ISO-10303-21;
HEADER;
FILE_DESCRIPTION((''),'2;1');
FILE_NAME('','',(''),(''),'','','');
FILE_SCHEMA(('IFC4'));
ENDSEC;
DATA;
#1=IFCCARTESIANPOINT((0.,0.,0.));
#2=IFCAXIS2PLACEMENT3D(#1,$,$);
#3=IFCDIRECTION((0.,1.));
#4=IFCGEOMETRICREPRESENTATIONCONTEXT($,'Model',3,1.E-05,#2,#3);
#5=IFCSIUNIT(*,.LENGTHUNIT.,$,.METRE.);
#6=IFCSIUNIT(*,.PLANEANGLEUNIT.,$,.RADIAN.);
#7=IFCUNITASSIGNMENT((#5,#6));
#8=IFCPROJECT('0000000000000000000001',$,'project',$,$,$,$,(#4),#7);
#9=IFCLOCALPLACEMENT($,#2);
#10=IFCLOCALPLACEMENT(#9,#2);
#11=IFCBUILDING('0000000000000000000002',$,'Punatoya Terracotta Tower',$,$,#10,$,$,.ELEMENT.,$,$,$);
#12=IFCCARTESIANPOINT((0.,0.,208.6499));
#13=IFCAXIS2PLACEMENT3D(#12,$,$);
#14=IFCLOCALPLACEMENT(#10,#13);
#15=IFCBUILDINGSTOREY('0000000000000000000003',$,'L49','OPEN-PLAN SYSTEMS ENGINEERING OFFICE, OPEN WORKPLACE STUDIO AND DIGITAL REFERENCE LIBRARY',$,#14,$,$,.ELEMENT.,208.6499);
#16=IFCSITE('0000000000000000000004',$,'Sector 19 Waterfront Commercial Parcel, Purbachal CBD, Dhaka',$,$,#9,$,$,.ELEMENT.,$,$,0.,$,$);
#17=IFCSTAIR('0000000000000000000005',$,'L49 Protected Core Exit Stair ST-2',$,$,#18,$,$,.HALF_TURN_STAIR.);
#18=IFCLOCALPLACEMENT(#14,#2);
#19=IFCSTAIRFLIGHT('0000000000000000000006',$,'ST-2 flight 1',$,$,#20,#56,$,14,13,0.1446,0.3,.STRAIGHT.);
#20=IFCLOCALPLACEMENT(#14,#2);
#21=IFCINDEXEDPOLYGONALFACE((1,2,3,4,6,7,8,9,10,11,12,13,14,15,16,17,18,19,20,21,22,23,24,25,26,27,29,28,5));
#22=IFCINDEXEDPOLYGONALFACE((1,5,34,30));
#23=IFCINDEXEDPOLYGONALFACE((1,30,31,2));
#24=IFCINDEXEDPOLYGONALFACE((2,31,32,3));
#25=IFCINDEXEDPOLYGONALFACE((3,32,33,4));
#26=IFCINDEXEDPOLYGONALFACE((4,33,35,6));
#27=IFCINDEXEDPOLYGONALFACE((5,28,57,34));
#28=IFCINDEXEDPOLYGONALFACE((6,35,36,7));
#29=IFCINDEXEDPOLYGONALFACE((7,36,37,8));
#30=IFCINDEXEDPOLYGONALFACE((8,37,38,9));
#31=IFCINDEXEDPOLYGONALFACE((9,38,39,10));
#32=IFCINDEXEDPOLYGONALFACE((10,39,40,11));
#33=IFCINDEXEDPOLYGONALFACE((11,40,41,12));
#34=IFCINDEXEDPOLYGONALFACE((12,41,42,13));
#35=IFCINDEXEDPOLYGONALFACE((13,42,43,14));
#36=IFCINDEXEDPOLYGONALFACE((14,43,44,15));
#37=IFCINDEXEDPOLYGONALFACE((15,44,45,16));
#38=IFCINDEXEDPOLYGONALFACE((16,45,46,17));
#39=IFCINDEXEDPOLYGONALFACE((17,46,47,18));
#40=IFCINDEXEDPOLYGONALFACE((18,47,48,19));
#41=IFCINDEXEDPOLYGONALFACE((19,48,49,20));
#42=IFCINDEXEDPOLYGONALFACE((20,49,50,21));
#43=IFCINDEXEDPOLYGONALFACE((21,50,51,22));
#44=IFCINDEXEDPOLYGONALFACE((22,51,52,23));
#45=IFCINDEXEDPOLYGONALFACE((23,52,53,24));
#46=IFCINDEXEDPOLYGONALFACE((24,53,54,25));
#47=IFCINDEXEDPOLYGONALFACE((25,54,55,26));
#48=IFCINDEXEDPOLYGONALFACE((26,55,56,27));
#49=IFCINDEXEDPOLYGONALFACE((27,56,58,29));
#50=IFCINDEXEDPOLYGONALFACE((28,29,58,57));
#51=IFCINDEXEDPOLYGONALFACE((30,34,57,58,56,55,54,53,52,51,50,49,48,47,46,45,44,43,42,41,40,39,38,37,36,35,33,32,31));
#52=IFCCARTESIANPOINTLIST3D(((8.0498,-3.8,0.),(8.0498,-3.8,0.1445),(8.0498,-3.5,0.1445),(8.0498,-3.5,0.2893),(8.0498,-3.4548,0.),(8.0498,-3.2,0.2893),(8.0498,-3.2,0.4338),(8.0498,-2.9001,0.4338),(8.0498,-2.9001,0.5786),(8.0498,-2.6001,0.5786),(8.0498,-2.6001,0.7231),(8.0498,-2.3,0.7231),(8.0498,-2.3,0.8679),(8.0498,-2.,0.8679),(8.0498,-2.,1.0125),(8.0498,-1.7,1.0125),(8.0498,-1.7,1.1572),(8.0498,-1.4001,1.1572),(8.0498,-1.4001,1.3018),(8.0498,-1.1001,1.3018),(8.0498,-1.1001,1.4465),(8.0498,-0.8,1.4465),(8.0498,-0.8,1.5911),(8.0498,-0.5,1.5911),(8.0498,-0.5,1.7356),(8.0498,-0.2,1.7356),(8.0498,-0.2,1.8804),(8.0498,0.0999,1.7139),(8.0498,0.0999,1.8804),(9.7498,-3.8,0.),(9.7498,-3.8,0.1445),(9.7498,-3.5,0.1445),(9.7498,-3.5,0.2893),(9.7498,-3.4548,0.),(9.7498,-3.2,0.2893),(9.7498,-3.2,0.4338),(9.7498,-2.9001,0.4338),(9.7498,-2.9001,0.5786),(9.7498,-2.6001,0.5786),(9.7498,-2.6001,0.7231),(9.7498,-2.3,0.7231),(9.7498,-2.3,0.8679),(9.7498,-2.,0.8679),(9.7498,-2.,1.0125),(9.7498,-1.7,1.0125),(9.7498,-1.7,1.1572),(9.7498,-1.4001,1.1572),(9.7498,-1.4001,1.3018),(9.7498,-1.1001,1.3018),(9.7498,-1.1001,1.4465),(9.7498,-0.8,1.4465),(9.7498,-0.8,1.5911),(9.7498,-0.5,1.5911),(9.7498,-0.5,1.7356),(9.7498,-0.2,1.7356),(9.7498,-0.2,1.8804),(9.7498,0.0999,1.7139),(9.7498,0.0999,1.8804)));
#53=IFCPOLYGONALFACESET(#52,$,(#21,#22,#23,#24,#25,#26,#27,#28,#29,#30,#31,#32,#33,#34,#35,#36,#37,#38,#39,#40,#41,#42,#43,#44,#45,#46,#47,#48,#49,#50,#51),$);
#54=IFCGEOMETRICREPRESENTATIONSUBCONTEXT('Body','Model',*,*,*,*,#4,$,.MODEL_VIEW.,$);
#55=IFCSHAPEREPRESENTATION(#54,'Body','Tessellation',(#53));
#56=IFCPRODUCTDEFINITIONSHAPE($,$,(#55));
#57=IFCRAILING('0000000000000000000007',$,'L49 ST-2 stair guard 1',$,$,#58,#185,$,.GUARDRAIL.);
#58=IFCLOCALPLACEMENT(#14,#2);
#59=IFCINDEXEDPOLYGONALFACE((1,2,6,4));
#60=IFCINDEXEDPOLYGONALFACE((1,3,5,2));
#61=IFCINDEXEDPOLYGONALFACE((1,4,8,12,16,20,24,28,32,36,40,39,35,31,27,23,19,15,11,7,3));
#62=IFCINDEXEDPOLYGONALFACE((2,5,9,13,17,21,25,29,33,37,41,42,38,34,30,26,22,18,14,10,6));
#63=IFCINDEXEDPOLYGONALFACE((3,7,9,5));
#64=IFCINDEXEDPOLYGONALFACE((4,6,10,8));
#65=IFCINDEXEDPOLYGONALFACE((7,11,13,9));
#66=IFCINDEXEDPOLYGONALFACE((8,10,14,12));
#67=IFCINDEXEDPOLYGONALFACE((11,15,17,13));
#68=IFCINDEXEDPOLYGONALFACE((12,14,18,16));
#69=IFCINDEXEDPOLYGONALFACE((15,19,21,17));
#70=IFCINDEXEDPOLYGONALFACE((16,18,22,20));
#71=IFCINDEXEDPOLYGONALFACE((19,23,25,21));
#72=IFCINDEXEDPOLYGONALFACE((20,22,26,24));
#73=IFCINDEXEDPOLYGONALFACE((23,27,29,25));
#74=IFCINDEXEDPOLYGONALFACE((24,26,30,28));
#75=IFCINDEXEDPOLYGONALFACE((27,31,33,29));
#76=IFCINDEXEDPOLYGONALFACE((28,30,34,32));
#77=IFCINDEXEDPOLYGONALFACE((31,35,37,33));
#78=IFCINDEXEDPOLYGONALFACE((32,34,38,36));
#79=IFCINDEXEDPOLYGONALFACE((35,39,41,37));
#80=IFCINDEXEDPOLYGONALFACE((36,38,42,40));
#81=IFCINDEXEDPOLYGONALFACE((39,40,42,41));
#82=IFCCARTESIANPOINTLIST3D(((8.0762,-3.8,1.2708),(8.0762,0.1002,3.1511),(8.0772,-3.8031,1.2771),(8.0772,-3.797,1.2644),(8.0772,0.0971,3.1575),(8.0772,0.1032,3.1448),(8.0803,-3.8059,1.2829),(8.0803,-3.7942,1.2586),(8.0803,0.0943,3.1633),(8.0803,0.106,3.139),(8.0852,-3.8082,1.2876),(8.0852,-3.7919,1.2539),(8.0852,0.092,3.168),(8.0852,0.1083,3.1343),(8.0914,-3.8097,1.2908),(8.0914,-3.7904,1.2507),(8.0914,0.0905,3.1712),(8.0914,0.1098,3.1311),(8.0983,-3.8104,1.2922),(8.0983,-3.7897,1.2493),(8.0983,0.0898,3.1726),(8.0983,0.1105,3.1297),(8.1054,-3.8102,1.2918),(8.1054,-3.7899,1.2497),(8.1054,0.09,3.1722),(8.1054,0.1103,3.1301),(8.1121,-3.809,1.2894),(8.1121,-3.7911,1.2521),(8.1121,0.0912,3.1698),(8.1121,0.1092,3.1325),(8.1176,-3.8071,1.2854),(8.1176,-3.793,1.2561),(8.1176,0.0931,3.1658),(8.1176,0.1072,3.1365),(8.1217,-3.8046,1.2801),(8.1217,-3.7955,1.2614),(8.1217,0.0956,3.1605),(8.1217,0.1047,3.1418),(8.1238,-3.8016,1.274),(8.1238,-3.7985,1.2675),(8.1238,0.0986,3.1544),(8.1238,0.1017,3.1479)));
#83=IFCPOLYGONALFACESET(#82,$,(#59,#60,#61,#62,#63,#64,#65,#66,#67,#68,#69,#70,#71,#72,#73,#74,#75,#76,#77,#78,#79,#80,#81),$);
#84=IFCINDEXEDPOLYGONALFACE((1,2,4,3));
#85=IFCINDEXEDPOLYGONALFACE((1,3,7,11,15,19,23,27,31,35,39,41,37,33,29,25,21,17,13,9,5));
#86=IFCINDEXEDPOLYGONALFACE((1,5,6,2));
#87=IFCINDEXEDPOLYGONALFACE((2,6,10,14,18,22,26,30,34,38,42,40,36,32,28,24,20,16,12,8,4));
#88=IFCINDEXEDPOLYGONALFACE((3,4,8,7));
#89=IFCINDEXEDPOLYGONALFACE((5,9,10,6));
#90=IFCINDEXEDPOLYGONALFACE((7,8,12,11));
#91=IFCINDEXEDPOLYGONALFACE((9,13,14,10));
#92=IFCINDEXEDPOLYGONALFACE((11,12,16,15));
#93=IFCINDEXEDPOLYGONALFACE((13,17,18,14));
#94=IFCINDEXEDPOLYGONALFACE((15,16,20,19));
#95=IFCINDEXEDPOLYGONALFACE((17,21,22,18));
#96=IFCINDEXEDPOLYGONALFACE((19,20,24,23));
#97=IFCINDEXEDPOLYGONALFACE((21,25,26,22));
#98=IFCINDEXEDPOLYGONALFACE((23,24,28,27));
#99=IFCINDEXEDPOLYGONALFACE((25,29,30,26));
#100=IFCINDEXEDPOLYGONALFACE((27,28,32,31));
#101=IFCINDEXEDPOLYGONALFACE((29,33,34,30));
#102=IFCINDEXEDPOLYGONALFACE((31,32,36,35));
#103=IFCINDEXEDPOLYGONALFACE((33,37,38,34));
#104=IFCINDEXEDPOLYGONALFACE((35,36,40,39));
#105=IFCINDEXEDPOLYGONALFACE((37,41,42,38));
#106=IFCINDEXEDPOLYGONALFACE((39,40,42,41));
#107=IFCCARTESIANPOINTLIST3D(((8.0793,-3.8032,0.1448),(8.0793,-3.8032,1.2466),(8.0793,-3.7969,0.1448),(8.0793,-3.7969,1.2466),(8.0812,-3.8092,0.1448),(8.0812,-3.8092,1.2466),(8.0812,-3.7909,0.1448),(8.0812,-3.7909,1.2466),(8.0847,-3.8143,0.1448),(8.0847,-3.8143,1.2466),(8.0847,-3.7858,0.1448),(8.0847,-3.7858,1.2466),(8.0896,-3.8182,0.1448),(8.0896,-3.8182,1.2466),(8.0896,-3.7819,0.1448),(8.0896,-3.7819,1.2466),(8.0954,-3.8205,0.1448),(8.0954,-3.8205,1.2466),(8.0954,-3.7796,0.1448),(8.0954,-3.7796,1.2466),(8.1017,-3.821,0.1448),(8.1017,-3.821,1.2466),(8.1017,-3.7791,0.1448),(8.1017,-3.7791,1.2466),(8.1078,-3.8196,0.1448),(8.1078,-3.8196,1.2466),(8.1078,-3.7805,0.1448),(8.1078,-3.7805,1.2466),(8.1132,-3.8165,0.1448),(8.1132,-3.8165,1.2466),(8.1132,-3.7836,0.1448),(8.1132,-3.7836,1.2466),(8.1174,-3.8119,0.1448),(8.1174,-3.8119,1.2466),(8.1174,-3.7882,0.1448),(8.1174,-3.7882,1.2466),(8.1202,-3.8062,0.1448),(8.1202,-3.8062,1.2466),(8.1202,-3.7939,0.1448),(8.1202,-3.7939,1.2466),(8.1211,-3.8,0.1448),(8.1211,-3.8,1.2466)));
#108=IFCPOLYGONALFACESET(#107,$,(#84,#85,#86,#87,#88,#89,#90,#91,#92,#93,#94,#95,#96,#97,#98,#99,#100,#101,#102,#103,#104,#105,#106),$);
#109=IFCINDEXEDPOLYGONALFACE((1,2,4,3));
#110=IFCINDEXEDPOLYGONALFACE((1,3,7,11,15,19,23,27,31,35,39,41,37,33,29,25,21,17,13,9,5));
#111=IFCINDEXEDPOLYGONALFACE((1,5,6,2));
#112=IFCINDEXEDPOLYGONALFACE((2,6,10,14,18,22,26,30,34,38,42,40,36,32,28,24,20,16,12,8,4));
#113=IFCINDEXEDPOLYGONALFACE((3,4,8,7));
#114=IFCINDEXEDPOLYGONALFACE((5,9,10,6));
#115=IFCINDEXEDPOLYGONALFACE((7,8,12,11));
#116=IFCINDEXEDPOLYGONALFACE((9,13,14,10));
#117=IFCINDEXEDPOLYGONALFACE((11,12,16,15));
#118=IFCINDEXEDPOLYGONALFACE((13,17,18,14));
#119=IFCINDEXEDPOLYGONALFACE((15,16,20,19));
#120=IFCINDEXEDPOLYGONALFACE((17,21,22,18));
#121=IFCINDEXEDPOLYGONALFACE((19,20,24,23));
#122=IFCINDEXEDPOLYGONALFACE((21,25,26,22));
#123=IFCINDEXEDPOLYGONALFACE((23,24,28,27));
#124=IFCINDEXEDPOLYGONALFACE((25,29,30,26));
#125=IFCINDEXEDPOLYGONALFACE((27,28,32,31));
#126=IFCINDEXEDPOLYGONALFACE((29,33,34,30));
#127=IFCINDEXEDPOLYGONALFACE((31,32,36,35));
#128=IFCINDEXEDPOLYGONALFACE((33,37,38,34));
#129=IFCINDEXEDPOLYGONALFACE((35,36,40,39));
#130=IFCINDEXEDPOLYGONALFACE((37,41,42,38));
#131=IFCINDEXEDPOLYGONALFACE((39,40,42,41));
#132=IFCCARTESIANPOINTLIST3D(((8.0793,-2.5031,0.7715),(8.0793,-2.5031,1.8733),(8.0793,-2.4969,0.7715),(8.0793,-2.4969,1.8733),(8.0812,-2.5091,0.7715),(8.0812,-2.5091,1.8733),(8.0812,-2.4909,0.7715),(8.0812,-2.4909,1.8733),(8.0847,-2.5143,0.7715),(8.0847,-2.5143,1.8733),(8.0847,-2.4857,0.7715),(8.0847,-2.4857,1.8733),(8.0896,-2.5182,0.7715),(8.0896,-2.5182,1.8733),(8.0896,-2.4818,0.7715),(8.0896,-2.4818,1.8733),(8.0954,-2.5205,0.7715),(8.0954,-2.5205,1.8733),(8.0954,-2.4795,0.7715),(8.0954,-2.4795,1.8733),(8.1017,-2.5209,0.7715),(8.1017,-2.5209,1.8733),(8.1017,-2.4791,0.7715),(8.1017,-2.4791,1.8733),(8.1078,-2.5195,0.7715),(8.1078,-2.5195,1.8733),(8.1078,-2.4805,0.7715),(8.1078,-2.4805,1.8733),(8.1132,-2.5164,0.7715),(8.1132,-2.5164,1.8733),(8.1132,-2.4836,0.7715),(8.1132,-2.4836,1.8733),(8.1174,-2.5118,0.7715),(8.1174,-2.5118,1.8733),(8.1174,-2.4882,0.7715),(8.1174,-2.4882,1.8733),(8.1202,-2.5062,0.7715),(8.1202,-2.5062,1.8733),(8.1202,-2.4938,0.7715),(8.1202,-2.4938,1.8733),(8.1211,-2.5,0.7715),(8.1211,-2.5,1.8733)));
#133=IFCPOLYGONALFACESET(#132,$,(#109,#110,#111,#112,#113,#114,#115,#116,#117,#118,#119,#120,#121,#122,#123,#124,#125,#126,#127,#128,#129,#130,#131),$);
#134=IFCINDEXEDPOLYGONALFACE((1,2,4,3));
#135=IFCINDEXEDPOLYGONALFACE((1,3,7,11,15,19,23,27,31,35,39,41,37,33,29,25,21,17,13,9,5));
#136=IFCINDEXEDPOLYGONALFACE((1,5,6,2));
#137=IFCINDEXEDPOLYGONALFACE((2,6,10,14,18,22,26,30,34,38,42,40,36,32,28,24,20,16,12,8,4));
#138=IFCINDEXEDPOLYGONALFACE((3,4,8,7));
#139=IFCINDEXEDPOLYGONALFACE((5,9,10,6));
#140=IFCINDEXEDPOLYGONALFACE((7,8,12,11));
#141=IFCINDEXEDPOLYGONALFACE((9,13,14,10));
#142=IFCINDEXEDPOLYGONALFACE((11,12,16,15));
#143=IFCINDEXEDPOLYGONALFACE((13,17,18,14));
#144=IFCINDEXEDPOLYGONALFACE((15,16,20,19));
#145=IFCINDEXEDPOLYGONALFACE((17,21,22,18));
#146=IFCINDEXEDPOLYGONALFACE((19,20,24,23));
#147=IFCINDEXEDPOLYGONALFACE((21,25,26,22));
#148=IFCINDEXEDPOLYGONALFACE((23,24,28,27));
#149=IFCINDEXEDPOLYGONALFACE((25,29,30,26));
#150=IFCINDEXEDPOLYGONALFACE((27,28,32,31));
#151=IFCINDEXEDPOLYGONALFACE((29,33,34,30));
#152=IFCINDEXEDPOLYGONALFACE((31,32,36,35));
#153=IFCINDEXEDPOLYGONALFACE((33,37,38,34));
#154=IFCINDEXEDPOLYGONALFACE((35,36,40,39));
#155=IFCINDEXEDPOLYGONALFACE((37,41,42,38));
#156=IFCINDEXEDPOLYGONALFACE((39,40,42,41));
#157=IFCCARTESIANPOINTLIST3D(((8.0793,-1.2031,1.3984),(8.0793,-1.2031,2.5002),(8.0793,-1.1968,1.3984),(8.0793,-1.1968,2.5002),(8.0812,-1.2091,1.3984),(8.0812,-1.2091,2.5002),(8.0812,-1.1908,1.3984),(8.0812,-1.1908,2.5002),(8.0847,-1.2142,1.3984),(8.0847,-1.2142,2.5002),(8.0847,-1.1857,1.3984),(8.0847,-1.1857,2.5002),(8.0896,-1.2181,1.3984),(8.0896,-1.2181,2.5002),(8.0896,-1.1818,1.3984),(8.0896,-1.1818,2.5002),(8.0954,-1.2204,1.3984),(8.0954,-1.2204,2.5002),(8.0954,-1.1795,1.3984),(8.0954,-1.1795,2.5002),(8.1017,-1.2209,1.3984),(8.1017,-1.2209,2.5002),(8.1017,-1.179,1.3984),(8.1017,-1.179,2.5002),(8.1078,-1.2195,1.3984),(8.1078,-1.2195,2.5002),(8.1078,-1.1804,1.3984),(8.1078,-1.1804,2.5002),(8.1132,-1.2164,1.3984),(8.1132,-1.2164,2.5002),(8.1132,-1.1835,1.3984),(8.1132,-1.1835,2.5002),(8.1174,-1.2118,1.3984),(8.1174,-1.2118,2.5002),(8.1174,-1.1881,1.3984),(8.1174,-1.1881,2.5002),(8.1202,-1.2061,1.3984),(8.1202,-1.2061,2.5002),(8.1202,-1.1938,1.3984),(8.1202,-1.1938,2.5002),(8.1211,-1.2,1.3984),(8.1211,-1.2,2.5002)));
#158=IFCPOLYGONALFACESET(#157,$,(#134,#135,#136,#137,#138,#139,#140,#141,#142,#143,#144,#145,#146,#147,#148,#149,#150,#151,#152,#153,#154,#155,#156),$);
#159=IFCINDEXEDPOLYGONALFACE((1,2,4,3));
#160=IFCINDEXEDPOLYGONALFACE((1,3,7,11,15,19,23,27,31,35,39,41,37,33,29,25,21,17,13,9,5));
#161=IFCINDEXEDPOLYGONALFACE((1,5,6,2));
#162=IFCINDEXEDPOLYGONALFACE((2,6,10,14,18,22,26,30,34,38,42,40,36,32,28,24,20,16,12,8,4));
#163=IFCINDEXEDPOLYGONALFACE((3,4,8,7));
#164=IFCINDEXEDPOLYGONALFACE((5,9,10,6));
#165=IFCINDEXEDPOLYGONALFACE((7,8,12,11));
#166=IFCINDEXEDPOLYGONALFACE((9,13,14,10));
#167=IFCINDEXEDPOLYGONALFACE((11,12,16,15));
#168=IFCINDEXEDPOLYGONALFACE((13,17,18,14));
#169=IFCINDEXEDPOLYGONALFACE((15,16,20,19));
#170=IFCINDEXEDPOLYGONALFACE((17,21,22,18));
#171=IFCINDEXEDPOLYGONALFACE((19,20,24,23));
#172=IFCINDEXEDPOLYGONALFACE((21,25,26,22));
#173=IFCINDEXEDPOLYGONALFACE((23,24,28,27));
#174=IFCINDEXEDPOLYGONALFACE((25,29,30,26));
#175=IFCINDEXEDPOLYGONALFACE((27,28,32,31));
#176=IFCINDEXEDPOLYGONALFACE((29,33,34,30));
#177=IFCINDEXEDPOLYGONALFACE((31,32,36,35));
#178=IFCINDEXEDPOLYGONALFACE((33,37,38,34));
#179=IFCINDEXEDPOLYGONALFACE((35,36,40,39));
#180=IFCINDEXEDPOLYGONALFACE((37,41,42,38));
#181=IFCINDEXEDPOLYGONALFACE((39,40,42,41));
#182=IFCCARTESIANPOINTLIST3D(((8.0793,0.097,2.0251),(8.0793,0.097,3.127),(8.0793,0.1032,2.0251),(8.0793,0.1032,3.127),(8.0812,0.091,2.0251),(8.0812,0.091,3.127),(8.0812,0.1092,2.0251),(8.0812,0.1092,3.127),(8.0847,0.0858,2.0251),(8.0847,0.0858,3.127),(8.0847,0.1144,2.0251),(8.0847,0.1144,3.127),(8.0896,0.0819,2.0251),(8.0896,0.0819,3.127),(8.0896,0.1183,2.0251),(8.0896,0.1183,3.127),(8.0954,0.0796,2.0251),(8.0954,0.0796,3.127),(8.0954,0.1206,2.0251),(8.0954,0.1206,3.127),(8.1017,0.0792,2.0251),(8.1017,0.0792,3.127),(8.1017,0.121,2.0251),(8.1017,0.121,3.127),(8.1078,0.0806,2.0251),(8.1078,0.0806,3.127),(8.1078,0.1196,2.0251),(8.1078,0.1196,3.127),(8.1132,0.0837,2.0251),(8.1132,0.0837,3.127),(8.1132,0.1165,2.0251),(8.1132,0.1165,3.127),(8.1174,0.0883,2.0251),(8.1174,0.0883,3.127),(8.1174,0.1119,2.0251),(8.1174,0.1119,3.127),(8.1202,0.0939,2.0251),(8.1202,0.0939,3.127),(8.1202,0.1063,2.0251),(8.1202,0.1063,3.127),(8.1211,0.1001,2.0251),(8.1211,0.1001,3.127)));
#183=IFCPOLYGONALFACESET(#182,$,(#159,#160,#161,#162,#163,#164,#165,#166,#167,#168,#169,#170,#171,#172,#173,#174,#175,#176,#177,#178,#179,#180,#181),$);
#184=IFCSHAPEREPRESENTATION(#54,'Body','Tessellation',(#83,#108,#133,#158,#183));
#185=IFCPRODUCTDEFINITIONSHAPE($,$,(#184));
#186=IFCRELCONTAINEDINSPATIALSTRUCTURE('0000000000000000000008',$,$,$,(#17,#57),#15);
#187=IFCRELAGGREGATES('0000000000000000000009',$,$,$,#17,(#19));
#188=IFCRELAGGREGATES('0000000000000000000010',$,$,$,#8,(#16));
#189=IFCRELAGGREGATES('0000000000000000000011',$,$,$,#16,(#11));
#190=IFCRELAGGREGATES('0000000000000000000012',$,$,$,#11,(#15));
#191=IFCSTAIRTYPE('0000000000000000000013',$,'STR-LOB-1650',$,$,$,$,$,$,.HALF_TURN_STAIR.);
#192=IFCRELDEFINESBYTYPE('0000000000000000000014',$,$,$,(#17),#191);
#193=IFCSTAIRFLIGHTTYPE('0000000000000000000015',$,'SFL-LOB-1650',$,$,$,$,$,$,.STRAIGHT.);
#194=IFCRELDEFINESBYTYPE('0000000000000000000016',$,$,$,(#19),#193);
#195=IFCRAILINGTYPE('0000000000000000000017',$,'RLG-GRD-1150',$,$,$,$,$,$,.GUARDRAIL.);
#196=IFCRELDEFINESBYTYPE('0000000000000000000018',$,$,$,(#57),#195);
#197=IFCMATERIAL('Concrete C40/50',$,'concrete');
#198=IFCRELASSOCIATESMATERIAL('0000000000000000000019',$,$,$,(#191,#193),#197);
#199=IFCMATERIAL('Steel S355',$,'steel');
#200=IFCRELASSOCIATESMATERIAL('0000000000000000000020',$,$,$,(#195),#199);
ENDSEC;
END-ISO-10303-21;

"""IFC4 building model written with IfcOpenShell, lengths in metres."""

from ifc_helpers import new_model, si_unit, direction, frame, origin, origin_2d, place, context, subcontext, project, spatial, polyline, circle, outline, extrude, material, type_object, element, aggregate, save


model = new_model("IFC4")

# Units and contexts
model_context = context("Model", 3, precision=1e-05, world=origin(), true_north=direction((0.0, 1.0)))
body_context = subcontext(model_context, "Body", "Model", "MODEL_VIEW")
ifc_project = project(units=[si_unit("LENGTHUNIT", "METRE"), si_unit("PLANEANGLEUNIT", "RADIAN")], contexts=[model_context])

# Site, building, storey
site_placement = place(None, origin())
site = spatial("IfcSite", under=ifc_project, at=site_placement, Name="Sector 19 Waterfront Commercial Parcel, Purbachal CBD, Dhaka", CompositionType="ELEMENT", RefElevation=0.0)
building_placement = place(site_placement, origin())
building = spatial("IfcBuilding", under=site, at=building_placement, Name="Punatoya Terracotta Tower", CompositionType="ELEMENT")
storey_placement = place(building_placement, frame((0.0, 0.0, 208.6499)))
storey = spatial("IfcBuildingStorey", under=building, at=storey_placement, Name="L49", Description="OPEN-PLAN SYSTEMS ENGINEERING OFFICE, OPEN WORKPLACE STUDIO AND DIGITAL REFERENCE LIBRARY", CompositionType="ELEMENT", Elevation=208.6499)

# Shared definitions
ifc_material_1 = material(Name="Steel S355", Category="steel")

# Shared definitions
ifc_material_2 = material(Name="Concrete C40/50", Category="concrete")

# Stair, stair flight
stair_type = type_object("IfcStairType", Name="STR-LOB-1650", PredefinedType="HALF_TURN_STAIR", material=ifc_material_2)
stair_placement = place(storey_placement, origin())
stair = element("IfcStair", 1, at=stair_placement, inside=storey, type_object=stair_type, Name="L49 Protected Core Exit Stair ST-2", PredefinedType="HALF_TURN_STAIR")
stair_flight_type = type_object("IfcStairFlightType", Name="SFL-LOB-1650", PredefinedType="STRAIGHT", material=ifc_material_2)
stair_flight_placement = place(storey_placement, frame((8.8999, -3.8, 0.0), z_axis=(0.0, 0.0, 1.0), x_axis=(0.0, 1.0, 0.0)))
stair_flight = element("IfcStairFlight", 2, at=stair_flight_placement, type_object=stair_flight_type, Name="ST-2 flight 1", NumberOfRisers=14, NumberOfTreads=13, PredefinedType="STRAIGHT", RiserHeight=0.1446, TreadLength=0.3, context=body_context, shape_type="SweptSolid", body=[
    extrude(outline(polyline([(0.0, 0.0), (0.0, 0.1445), (0.3, 0.1445), (0.3, 0.2893), (0.6001, 0.2893), (0.6001, 0.4338), (0.8999, 0.4338), (0.8999, 0.5786), (1.2, 0.5786), (1.2, 0.7231), (1.5, 0.7231), (1.5, 0.8679), (1.8, 0.8679), (1.8, 1.0125), (2.1001, 1.0125), (2.1001, 1.1572), (2.3999, 1.1572), (2.3999, 1.3018), (2.7, 1.3018), (2.7, 1.4465), (3.0, 1.4465), (3.0, 1.5911), (3.3, 1.5911), (3.3, 1.7356), (3.6001, 1.7356), (3.6001, 1.8804), (3.8999, 1.8804), (3.8999, 2.0249), (3.8999, 1.7139), (0.3452, 0.0), (0.0, 0.0)])), frame((0.0, 0.8501, 0.0), z_axis=(0.0, -1.0, 0.0), x_axis=(1.0, 0.0, 0.0)), (0.0, 0.0, 1.0), 1.7),
])
aggregate(stair, [stair_flight])

# Railing
railing_type_1 = type_object("IfcRailingType", Name="RLG-GRD-1150", PredefinedType="GUARDRAIL", material=ifc_material_1)
railing_1_placement = place(storey_placement, frame((8.1001, -3.8, 0.1448)))
element("IfcRailing", 3, at=railing_1_placement, inside=storey, type_object=railing_type_1, Name="L49 ST-2 stair guard 1", PredefinedType="GUARDRAIL", context=body_context, shape_type="SweptSolid", body=[
    extrude(circle(Radius=0.0239, at=origin_2d()), frame((0.0, 0.0, 1.126), z_axis=(0.0, 0.900774, 0.434289), x_axis=(-1.0, 0.0, 0.0)), (0.0, 0.0, 1.0), 4.3298),
    extrude(circle(Radius=0.021, at=origin_2d()), origin(), (0.0, 0.0, 1.0), 1.1018),
    extrude(circle(Radius=0.021, at=origin_2d()), frame((0.0, 1.3, 0.6267)), (0.0, 0.0, 1.0), 1.1018),
    extrude(circle(Radius=0.021, at=origin_2d()), frame((0.0, 2.6001, 1.2537)), (0.0, 0.0, 1.0), 1.1018),
    extrude(circle(Radius=0.021, at=origin_2d()), frame((0.0, 3.9001, 1.8804)), (0.0, 0.0, 1.0), 1.1018),
])

save(model, "model.ifc")
